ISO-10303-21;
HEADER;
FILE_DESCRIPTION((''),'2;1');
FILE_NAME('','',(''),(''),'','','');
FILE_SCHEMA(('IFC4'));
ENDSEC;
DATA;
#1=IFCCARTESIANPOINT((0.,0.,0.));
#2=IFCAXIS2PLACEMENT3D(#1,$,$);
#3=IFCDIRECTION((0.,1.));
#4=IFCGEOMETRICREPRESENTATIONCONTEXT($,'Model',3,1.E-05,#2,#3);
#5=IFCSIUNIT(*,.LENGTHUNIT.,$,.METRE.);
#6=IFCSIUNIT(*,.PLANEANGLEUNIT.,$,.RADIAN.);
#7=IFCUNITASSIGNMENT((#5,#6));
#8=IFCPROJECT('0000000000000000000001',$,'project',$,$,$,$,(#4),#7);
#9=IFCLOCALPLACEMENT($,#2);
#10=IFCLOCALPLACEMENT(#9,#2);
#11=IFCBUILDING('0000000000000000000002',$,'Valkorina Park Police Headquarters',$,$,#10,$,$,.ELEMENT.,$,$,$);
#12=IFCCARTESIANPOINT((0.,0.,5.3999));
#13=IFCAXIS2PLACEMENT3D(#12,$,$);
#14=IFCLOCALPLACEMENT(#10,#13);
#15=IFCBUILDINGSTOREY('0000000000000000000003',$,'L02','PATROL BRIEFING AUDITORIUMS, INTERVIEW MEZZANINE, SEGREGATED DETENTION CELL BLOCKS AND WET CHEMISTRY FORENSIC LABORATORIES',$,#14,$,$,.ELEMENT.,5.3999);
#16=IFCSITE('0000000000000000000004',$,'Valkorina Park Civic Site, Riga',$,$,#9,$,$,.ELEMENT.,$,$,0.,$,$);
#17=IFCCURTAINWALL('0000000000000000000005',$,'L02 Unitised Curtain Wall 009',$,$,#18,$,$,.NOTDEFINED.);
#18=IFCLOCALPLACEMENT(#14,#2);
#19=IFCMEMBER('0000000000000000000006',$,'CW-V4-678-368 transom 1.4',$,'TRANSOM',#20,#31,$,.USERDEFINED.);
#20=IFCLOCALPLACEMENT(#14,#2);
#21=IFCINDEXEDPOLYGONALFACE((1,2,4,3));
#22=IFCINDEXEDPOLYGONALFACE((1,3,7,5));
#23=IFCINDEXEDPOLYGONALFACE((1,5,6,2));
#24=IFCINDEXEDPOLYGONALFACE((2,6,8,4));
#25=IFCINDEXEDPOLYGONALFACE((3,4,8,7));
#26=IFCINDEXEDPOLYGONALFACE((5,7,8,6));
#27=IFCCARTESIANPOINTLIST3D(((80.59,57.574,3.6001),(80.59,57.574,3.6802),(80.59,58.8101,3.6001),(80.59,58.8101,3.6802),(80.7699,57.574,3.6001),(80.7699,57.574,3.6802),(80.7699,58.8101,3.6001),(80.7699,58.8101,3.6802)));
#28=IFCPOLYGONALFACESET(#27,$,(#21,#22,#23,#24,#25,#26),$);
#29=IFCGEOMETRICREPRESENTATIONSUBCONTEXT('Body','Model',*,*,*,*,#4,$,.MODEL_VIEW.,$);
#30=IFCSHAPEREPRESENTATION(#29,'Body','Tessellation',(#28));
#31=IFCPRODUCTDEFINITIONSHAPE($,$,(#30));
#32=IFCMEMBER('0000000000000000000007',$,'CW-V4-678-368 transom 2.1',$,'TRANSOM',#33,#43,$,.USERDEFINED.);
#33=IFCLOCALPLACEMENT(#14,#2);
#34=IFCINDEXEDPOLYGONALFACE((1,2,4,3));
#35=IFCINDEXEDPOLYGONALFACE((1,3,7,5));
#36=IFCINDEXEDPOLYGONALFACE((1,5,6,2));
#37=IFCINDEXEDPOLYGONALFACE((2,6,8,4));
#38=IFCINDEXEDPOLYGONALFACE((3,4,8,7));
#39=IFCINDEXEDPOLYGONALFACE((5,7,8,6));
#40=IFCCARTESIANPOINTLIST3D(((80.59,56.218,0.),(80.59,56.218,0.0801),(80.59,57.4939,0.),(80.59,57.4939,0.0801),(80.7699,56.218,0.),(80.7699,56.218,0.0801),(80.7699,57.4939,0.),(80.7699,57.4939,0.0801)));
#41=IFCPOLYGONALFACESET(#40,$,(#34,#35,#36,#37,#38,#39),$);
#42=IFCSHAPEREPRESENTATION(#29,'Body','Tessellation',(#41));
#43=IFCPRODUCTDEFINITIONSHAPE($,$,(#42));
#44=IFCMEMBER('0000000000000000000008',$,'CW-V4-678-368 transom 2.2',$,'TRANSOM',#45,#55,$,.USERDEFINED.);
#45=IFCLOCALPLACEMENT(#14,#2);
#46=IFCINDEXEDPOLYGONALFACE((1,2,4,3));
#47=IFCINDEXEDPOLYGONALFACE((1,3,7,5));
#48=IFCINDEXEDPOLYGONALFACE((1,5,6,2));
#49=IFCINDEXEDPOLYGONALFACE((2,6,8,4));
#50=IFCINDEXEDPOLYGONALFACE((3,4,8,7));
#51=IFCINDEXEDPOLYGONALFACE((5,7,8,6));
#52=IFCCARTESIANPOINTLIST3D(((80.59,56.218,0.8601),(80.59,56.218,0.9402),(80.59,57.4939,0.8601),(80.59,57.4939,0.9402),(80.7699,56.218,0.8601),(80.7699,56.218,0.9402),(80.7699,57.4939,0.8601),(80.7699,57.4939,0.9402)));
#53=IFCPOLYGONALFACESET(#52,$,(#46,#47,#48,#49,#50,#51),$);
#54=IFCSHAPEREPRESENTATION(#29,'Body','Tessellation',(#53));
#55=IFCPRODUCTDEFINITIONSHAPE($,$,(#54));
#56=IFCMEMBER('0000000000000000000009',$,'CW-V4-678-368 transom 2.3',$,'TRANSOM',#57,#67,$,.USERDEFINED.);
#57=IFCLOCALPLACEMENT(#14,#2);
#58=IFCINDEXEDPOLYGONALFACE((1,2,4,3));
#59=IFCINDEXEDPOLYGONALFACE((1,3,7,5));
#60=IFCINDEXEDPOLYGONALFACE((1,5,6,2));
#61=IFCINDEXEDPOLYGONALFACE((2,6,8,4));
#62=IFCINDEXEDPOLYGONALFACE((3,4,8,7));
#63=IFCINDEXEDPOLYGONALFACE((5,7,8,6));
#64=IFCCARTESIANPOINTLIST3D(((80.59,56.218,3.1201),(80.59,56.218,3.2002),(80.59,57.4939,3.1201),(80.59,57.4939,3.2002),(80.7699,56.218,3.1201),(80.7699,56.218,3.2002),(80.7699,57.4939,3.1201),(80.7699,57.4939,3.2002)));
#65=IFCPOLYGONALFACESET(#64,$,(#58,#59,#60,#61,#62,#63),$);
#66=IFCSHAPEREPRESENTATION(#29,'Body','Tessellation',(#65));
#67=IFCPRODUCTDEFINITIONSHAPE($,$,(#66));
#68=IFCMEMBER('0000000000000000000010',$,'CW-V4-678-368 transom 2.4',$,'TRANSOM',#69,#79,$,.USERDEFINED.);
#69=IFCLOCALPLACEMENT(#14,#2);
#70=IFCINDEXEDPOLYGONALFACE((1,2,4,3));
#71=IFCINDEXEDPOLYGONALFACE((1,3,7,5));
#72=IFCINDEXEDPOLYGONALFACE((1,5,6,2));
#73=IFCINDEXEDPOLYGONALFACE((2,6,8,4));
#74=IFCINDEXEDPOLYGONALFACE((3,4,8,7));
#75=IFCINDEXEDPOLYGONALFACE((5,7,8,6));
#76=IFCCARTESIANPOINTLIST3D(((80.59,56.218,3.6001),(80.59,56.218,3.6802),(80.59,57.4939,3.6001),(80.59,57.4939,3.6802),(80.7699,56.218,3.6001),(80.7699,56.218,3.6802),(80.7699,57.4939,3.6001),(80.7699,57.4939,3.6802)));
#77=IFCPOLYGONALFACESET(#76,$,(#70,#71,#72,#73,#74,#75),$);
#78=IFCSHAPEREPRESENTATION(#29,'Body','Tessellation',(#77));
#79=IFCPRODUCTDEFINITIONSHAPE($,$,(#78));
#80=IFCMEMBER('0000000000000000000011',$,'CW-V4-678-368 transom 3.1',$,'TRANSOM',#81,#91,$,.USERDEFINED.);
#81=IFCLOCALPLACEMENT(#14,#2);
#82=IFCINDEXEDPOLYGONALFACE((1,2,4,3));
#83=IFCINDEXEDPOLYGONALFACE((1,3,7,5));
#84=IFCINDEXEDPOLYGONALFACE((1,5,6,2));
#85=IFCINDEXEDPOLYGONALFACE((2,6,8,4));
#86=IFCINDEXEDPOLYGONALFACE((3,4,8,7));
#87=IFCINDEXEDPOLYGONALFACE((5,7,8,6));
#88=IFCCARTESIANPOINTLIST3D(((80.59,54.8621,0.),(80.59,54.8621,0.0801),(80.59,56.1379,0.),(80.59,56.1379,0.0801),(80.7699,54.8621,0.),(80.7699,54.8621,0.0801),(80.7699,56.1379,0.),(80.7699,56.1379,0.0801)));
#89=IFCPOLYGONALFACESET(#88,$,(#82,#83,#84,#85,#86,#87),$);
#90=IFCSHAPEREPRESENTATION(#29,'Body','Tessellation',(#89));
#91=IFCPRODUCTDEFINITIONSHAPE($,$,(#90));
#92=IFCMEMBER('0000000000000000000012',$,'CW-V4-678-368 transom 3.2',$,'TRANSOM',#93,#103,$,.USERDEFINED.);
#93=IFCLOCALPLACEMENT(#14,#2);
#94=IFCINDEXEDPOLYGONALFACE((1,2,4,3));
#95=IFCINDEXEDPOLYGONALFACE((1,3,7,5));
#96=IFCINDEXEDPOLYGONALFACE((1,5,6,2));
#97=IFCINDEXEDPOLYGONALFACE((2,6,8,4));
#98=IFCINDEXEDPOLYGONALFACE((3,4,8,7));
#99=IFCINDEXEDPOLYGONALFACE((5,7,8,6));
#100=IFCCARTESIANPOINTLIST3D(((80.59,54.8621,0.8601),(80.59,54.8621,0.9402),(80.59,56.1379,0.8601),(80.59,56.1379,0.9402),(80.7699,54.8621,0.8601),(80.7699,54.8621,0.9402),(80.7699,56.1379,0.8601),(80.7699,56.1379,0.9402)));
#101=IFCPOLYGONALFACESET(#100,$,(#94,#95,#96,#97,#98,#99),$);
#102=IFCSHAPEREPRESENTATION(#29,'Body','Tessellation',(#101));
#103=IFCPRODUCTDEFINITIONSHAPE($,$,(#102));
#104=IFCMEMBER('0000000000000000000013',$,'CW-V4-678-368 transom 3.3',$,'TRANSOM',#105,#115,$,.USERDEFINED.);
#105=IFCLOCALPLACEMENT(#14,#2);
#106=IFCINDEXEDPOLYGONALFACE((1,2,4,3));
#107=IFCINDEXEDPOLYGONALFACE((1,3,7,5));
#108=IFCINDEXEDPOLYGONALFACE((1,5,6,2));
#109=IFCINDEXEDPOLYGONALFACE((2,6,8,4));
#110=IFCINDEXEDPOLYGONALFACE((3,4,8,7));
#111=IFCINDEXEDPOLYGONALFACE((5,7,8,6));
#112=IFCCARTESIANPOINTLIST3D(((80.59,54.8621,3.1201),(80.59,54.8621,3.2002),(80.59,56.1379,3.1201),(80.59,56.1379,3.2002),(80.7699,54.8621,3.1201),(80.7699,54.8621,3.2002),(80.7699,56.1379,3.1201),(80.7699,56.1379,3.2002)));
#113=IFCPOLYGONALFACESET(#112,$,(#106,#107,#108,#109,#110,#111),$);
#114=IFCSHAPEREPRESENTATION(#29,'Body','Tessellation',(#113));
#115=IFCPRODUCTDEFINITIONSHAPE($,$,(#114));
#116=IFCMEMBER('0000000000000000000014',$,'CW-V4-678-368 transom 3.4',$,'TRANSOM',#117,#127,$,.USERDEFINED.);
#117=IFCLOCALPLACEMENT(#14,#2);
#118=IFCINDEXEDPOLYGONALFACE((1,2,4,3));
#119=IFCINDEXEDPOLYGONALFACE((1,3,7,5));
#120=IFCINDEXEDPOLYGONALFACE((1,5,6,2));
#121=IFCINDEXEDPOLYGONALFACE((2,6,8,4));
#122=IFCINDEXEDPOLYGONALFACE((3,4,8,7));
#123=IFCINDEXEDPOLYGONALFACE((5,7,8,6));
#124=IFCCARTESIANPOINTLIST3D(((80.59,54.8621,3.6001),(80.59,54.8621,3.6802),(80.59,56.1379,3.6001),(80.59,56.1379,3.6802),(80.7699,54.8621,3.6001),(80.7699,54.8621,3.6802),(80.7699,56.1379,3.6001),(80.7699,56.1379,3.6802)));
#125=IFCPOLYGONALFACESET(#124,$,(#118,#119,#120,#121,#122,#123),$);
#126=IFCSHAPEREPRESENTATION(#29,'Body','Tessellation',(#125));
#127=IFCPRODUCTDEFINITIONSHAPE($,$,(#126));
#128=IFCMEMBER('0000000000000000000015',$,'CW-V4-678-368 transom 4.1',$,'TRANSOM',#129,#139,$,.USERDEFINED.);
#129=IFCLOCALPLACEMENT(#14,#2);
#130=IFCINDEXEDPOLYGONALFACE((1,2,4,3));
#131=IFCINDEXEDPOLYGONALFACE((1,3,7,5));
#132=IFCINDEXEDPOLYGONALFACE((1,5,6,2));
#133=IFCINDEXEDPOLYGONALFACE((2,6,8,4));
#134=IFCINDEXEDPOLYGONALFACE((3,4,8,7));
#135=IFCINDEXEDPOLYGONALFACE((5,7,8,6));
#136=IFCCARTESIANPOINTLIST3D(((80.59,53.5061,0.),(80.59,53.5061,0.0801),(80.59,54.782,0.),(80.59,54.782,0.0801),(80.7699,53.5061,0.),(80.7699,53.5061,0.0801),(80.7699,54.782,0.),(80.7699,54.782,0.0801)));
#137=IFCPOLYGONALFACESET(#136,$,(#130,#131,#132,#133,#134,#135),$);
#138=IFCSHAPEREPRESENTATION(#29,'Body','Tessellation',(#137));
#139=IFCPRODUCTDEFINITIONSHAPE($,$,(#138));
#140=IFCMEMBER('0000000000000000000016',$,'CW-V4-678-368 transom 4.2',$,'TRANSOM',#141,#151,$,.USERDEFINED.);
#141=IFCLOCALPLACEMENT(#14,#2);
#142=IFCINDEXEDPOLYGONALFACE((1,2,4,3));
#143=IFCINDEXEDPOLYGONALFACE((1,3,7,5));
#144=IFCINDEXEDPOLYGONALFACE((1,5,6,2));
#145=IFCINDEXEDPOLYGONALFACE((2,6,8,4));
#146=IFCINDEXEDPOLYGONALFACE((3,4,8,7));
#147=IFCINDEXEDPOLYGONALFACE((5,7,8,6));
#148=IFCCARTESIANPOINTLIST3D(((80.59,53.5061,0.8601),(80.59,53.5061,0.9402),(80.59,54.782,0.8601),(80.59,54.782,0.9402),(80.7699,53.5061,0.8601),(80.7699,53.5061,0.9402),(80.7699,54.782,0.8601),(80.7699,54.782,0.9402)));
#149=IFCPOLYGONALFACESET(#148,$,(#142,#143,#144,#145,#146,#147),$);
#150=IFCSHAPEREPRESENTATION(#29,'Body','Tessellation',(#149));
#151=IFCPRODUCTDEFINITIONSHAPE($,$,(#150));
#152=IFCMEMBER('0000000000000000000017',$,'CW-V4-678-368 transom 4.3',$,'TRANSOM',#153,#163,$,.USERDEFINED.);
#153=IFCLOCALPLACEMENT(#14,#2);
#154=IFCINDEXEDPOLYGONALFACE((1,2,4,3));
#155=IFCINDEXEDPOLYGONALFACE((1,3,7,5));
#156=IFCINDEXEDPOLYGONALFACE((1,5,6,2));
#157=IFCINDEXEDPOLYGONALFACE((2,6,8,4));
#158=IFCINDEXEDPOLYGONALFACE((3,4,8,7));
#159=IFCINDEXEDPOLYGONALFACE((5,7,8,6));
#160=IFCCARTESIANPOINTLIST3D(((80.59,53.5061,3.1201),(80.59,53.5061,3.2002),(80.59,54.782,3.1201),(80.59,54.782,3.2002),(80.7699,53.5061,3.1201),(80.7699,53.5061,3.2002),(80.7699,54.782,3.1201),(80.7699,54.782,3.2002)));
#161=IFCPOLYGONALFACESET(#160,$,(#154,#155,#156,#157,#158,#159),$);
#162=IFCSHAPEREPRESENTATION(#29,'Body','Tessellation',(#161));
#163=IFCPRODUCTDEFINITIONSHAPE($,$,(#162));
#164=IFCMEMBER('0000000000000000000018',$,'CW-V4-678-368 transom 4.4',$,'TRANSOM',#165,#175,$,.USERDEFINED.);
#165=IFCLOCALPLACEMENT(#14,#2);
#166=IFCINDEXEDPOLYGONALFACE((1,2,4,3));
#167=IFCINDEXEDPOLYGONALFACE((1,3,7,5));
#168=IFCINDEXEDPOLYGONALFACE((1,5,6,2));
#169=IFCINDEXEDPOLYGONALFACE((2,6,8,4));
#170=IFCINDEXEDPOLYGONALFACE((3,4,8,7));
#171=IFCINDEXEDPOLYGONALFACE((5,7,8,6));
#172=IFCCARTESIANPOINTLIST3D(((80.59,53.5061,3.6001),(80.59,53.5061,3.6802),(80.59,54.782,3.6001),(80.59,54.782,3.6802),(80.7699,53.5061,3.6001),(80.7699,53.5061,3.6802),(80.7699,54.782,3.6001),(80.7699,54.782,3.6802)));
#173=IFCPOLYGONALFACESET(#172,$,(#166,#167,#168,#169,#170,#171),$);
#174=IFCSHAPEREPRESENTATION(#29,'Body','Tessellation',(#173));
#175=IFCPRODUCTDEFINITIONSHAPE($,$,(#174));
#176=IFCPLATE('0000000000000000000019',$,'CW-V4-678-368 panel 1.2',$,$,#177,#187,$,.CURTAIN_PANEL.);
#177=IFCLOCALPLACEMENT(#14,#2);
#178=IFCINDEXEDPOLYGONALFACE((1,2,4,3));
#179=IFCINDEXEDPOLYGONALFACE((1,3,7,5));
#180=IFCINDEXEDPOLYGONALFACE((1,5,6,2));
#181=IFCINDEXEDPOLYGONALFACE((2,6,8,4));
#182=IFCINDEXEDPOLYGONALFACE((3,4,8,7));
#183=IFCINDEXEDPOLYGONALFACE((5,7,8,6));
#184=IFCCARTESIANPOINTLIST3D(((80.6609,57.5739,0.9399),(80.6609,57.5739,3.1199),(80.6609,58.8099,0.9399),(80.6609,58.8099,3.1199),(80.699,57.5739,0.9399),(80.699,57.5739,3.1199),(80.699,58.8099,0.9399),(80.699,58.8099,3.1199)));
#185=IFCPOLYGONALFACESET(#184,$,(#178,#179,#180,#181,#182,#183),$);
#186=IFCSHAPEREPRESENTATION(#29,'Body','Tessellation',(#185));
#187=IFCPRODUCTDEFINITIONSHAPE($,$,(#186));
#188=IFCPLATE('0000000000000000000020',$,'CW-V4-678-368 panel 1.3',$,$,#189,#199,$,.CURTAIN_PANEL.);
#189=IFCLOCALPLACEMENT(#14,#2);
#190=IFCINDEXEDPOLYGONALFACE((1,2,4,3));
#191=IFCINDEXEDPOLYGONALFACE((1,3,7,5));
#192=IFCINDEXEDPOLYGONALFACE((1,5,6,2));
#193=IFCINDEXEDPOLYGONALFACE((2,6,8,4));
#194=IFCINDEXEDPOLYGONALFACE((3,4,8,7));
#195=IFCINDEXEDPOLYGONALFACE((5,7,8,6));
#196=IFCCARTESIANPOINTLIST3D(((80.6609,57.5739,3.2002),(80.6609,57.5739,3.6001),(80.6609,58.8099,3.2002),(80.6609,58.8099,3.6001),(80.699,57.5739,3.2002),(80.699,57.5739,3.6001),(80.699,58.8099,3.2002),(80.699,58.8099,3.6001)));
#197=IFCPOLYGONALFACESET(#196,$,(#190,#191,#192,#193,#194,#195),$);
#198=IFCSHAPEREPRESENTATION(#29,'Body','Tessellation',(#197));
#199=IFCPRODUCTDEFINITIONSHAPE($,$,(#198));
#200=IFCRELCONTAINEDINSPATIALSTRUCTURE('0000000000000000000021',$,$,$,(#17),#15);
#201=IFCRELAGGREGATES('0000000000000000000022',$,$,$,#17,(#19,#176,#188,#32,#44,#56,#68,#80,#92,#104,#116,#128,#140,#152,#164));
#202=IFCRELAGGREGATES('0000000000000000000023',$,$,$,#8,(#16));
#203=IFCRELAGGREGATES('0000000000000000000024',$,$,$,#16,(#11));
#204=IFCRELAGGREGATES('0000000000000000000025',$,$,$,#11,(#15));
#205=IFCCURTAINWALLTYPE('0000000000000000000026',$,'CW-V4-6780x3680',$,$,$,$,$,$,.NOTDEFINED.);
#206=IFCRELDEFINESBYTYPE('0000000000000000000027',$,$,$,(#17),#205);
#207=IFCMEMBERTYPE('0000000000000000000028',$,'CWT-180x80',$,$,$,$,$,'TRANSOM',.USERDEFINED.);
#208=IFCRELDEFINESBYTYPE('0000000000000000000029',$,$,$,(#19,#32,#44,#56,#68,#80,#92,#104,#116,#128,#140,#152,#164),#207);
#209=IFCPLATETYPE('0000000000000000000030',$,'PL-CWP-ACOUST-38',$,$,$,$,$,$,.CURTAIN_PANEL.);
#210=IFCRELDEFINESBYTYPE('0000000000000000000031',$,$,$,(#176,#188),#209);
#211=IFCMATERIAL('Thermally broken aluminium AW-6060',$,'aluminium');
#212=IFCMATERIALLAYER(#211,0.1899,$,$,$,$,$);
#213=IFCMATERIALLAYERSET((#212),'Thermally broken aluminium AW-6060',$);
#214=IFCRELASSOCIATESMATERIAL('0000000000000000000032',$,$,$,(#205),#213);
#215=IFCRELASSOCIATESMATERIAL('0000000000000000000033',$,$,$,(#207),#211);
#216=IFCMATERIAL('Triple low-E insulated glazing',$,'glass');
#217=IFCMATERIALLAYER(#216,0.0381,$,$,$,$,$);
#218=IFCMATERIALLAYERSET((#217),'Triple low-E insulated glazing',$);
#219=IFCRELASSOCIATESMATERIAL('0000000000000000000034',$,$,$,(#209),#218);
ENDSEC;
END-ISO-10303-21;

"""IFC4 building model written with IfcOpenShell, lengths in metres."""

from ifc_helpers import new_model, si_unit, direction, frame, origin, origin_2d, place, context, subcontext, project, spatial, rectangle, extrude, material, layer, layer_set, material_profile, profile_set, type_object, element, aggregate, save


model = new_model("IFC4")

# Units and contexts
model_context = context("Model", 3, precision=1e-05, world=origin(), true_north=direction((0.0, 1.0)))
body_context = subcontext(model_context, "Body", "Model", "MODEL_VIEW")
ifc_project = project(units=[si_unit("LENGTHUNIT", "METRE"), si_unit("PLANEANGLEUNIT", "RADIAN")], contexts=[model_context])

# Site, building, storey
site_placement = place(None, origin())
site = spatial("IfcSite", under=ifc_project, at=site_placement, Name="Valkorina Park Civic Site, Riga", CompositionType="ELEMENT", RefElevation=0.0)
building_placement = place(site_placement, origin())
building = spatial("IfcBuilding", under=site, at=building_placement, Name="Valkorina Park Police Headquarters", CompositionType="ELEMENT")
storey_placement = place(building_placement, frame((0.0, 0.0, 5.3999)))
storey = spatial("IfcBuildingStorey", under=building, at=storey_placement, Name="L02", Description="PATROL BRIEFING AUDITORIUMS, INTERVIEW MEZZANINE, SEGREGATED DETENTION CELL BLOCKS AND WET CHEMISTRY FORENSIC LABORATORIES", CompositionType="ELEMENT", Elevation=5.3999)

# Curtain wall, members, plates
ifc_material_1 = material(Name="Thermally broken aluminium AW-6060", Category="aluminium")
ifc_layer_1 = layer(ifc_material_1, 0.1899)
ifc_layer_set_1 = layer_set([ifc_layer_1], Name="Thermally broken aluminium AW-6060")
curtain_wall_type = type_object("IfcCurtainWallType", Name="CW-V4-6780x3680", PredefinedType="NOTDEFINED", material=ifc_layer_set_1)
curtain_wall_placement = place(storey_placement, origin())
curtain_wall = element("IfcCurtainWall", 1, at=curtain_wall_placement, inside=storey, type_object=curtain_wall_type, Name="L02 Unitised Curtain Wall 009", PredefinedType="NOTDEFINED")
ifc_material_profile_1 = material_profile(ifc_material_1, rectangle(XDim=0.1799, YDim=0.0801, at=origin_2d()), Name="CWT-03 180x80")
ifc_profile_set_1 = profile_set([ifc_material_profile_1], Name="Thermally broken aluminium AW-6060")
member_type_1 = type_object("IfcMemberType", Name="CWT-180x80", ElementType="TRANSOM", PredefinedType="USERDEFINED", material=ifc_profile_set_1)
member_1_placement = place(storey_placement, frame((80.6799, 58.8101, 3.6401), z_axis=(0.0, -1.0, 0.0), x_axis=(1.0, 0.0, 0.0)))
member_1 = element("IfcMember", 2, at=member_1_placement, type_object=member_type_1, Name="CW-V4-678-368 transom 1.4", ObjectType="TRANSOM", PredefinedType="USERDEFINED", context=body_context, shape_type="SweptSolid", body=[
    extrude(rectangle(XDim=0.1799, YDim=0.0801, at=origin_2d()), origin(), (0.0, 0.0, 1.0), 1.2361),
])
member_2_placement = place(storey_placement, frame((80.6799, 57.4939, 0.04), z_axis=(0.0, -1.0, 0.0), x_axis=(1.0, 0.0, 0.0)))
member_2 = element("IfcMember", 3, at=member_2_placement, type_object=member_type_1, Name="CW-V4-678-368 transom 2.1", ObjectType="TRANSOM", PredefinedType="USERDEFINED", context=body_context, shape_type="SweptSolid", body=[
    extrude(rectangle(XDim=0.1799, YDim=0.0801, at=origin_2d()), origin(), (0.0, 0.0, 1.0), 1.2759),
])
member_3_placement = place(storey_placement, frame((80.6799, 57.4939, 0.9001), z_axis=(0.0, -1.0, 0.0), x_axis=(1.0, 0.0, 0.0)))
member_3 = element("IfcMember", 4, at=member_3_placement, type_object=member_type_1, Name="CW-V4-678-368 transom 2.2", ObjectType="TRANSOM", PredefinedType="USERDEFINED", context=body_context, shape_type="SweptSolid", body=[
    extrude(rectangle(XDim=0.1799, YDim=0.0801, at=origin_2d()), origin(), (0.0, 0.0, 1.0), 1.2759),
])
member_4_placement = place(storey_placement, frame((80.6799, 57.4939, 3.1602), z_axis=(0.0, -1.0, 0.0), x_axis=(1.0, 0.0, 0.0)))
member_4 = element("IfcMember", 5, at=member_4_placement, type_object=member_type_1, Name="CW-V4-678-368 transom 2.3", ObjectType="TRANSOM", PredefinedType="USERDEFINED", context=body_context, shape_type="SweptSolid", body=[
    extrude(rectangle(XDim=0.1799, YDim=0.0801, at=origin_2d()), origin(), (0.0, 0.0, 1.0), 1.2759),
])
member_5_placement = place(storey_placement, frame((80.6799, 57.4939, 3.6401), z_axis=(0.0, -1.0, 0.0), x_axis=(1.0, 0.0, 0.0)))
member_5 = element("IfcMember", 6, at=member_5_placement, type_object=member_type_1, Name="CW-V4-678-368 transom 2.4", ObjectType="TRANSOM", PredefinedType="USERDEFINED", context=body_context, shape_type="SweptSolid", body=[
    extrude(rectangle(XDim=0.1799, YDim=0.0801, at=origin_2d()), origin(), (0.0, 0.0, 1.0), 1.2759),
])
member_6_placement = place(storey_placement, frame((80.6799, 56.1379, 0.04), z_axis=(0.0, -1.0, 0.0), x_axis=(1.0, 0.0, 0.0)))
member_6 = element("IfcMember", 7, at=member_6_placement, type_object=member_type_1, Name="CW-V4-678-368 transom 3.1", ObjectType="TRANSOM", PredefinedType="USERDEFINED", context=body_context, shape_type="SweptSolid", body=[
    extrude(rectangle(XDim=0.1799, YDim=0.0801, at=origin_2d()), origin(), (0.0, 0.0, 1.0), 1.2759),
])
member_7_placement = place(storey_placement, frame((80.6799, 56.1379, 0.9001), z_axis=(0.0, -1.0, 0.0), x_axis=(1.0, 0.0, 0.0)))
member_7 = element("IfcMember", 8, at=member_7_placement, type_object=member_type_1, Name="CW-V4-678-368 transom 3.2", ObjectType="TRANSOM", PredefinedType="USERDEFINED", context=body_context, shape_type="SweptSolid", body=[
    extrude(rectangle(XDim=0.1799, YDim=0.0801, at=origin_2d()), origin(), (0.0, 0.0, 1.0), 1.2759),
])
member_8_placement = place(storey_placement, frame((80.6799, 56.1379, 3.1602), z_axis=(0.0, -1.0, 0.0), x_axis=(1.0, 0.0, 0.0)))
member_8 = element("IfcMember", 9, at=member_8_placement, type_object=member_type_1, Name="CW-V4-678-368 transom 3.3", ObjectType="TRANSOM", PredefinedType="USERDEFINED", context=body_context, shape_type="SweptSolid", body=[
    extrude(rectangle(XDim=0.1799, YDim=0.0801, at=origin_2d()), origin(), (0.0, 0.0, 1.0), 1.2759),
])
member_9_placement = place(storey_placement, frame((80.6799, 56.1379, 3.6401), z_axis=(0.0, -1.0, 0.0), x_axis=(1.0, 0.0, 0.0)))
member_9 = element("IfcMember", 10, at=member_9_placement, type_object=member_type_1, Name="CW-V4-678-368 transom 3.4", ObjectType="TRANSOM", PredefinedType="USERDEFINED", context=body_context, shape_type="SweptSolid", body=[
    extrude(rectangle(XDim=0.1799, YDim=0.0801, at=origin_2d()), origin(), (0.0, 0.0, 1.0), 1.2759),
])
member_10_placement = place(storey_placement, frame((80.6799, 54.782, 0.04), z_axis=(0.0, -1.0, 0.0), x_axis=(1.0, 0.0, 0.0)))
member_10 = element("IfcMember", 11, at=member_10_placement, type_object=member_type_1, Name="CW-V4-678-368 transom 4.1", ObjectType="TRANSOM", PredefinedType="USERDEFINED", context=body_context, shape_type="SweptSolid", body=[
    extrude(rectangle(XDim=0.1799, YDim=0.0801, at=origin_2d()), origin(), (0.0, 0.0, 1.0), 1.2759),
])
member_11_placement = place(storey_placement, frame((80.6799, 54.782, 0.9001), z_axis=(0.0, -1.0, 0.0), x_axis=(1.0, 0.0, 0.0)))
member_11 = element("IfcMember", 12, at=member_11_placement, type_object=member_type_1, Name="CW-V4-678-368 transom 4.2", ObjectType="TRANSOM", PredefinedType="USERDEFINED", context=body_context, shape_type="SweptSolid", body=[
    extrude(rectangle(XDim=0.1799, YDim=0.0801, at=origin_2d()), origin(), (0.0, 0.0, 1.0), 1.2759),
])
member_12_placement = place(storey_placement, frame((80.6799, 54.782, 3.1602), z_axis=(0.0, -1.0, 0.0), x_axis=(1.0, 0.0, 0.0)))
member_12 = element("IfcMember", 13, at=member_12_placement, type_object=member_type_1, Name="CW-V4-678-368 transom 4.3", ObjectType="TRANSOM", PredefinedType="USERDEFINED", context=body_context, shape_type="SweptSolid", body=[
    extrude(rectangle(XDim=0.1799, YDim=0.0801, at=origin_2d()), origin(), (0.0, 0.0, 1.0), 1.2759),
])
member_13_placement = place(storey_placement, frame((80.6799, 54.782, 3.6401), z_axis=(0.0, -1.0, 0.0), x_axis=(1.0, 0.0, 0.0)))
member_13 = element("IfcMember", 14, at=member_13_placement, type_object=member_type_1, Name="CW-V4-678-368 transom 4.4", ObjectType="TRANSOM", PredefinedType="USERDEFINED", context=body_context, shape_type="SweptSolid", body=[
    extrude(rectangle(XDim=0.1799, YDim=0.0801, at=origin_2d()), origin(), (0.0, 0.0, 1.0), 1.2759),
])
ifc_material_2 = material(Name="Triple low-E insulated glazing", Category="glass")
ifc_layer_2 = layer(ifc_material_2, 0.0381)
ifc_layer_set_2 = layer_set([ifc_layer_2], Name="Triple low-E insulated glazing")
plate_type_1 = type_object("IfcPlateType", Name="PL-CWP-ACOUST-38", PredefinedType="CURTAIN_PANEL", material=ifc_layer_set_2)
plate_1_placement = place(storey_placement, frame((80.6799, 58.1919, 0.9399), z_axis=(0.0, 0.0, 1.0), x_axis=(0.0, -1.0, 0.0)))
plate_1 = element("IfcPlate", 15, at=plate_1_placement, type_object=plate_type_1, Name="CW-V4-678-368 panel 1.2", PredefinedType="CURTAIN_PANEL", context=body_context, shape_type="SweptSolid", body=[
    extrude(rectangle(XDim=1.2361, YDim=0.0381, at=origin_2d()), origin(), (0.0, 0.0, 1.0), 2.1799),
])
plate_2_placement = place(storey_placement, frame((80.6799, 58.1919, 3.2002), z_axis=(0.0, 0.0, 1.0), x_axis=(0.0, -1.0, 0.0)))
plate_2 = element("IfcPlate", 16, at=plate_2_placement, type_object=plate_type_1, Name="CW-V4-678-368 panel 1.3", PredefinedType="CURTAIN_PANEL", context=body_context, shape_type="SweptSolid", body=[
    extrude(rectangle(XDim=1.2361, YDim=0.0381, at=origin_2d()), origin(), (0.0, 0.0, 1.0), 0.3999),
])
aggregate(curtain_wall, [member_1, plate_1, plate_2, member_2, member_3, member_4, member_5, member_6, member_7, member_8, member_9, member_10, member_11, member_12, member_13])

save(model, "model.ifc")
